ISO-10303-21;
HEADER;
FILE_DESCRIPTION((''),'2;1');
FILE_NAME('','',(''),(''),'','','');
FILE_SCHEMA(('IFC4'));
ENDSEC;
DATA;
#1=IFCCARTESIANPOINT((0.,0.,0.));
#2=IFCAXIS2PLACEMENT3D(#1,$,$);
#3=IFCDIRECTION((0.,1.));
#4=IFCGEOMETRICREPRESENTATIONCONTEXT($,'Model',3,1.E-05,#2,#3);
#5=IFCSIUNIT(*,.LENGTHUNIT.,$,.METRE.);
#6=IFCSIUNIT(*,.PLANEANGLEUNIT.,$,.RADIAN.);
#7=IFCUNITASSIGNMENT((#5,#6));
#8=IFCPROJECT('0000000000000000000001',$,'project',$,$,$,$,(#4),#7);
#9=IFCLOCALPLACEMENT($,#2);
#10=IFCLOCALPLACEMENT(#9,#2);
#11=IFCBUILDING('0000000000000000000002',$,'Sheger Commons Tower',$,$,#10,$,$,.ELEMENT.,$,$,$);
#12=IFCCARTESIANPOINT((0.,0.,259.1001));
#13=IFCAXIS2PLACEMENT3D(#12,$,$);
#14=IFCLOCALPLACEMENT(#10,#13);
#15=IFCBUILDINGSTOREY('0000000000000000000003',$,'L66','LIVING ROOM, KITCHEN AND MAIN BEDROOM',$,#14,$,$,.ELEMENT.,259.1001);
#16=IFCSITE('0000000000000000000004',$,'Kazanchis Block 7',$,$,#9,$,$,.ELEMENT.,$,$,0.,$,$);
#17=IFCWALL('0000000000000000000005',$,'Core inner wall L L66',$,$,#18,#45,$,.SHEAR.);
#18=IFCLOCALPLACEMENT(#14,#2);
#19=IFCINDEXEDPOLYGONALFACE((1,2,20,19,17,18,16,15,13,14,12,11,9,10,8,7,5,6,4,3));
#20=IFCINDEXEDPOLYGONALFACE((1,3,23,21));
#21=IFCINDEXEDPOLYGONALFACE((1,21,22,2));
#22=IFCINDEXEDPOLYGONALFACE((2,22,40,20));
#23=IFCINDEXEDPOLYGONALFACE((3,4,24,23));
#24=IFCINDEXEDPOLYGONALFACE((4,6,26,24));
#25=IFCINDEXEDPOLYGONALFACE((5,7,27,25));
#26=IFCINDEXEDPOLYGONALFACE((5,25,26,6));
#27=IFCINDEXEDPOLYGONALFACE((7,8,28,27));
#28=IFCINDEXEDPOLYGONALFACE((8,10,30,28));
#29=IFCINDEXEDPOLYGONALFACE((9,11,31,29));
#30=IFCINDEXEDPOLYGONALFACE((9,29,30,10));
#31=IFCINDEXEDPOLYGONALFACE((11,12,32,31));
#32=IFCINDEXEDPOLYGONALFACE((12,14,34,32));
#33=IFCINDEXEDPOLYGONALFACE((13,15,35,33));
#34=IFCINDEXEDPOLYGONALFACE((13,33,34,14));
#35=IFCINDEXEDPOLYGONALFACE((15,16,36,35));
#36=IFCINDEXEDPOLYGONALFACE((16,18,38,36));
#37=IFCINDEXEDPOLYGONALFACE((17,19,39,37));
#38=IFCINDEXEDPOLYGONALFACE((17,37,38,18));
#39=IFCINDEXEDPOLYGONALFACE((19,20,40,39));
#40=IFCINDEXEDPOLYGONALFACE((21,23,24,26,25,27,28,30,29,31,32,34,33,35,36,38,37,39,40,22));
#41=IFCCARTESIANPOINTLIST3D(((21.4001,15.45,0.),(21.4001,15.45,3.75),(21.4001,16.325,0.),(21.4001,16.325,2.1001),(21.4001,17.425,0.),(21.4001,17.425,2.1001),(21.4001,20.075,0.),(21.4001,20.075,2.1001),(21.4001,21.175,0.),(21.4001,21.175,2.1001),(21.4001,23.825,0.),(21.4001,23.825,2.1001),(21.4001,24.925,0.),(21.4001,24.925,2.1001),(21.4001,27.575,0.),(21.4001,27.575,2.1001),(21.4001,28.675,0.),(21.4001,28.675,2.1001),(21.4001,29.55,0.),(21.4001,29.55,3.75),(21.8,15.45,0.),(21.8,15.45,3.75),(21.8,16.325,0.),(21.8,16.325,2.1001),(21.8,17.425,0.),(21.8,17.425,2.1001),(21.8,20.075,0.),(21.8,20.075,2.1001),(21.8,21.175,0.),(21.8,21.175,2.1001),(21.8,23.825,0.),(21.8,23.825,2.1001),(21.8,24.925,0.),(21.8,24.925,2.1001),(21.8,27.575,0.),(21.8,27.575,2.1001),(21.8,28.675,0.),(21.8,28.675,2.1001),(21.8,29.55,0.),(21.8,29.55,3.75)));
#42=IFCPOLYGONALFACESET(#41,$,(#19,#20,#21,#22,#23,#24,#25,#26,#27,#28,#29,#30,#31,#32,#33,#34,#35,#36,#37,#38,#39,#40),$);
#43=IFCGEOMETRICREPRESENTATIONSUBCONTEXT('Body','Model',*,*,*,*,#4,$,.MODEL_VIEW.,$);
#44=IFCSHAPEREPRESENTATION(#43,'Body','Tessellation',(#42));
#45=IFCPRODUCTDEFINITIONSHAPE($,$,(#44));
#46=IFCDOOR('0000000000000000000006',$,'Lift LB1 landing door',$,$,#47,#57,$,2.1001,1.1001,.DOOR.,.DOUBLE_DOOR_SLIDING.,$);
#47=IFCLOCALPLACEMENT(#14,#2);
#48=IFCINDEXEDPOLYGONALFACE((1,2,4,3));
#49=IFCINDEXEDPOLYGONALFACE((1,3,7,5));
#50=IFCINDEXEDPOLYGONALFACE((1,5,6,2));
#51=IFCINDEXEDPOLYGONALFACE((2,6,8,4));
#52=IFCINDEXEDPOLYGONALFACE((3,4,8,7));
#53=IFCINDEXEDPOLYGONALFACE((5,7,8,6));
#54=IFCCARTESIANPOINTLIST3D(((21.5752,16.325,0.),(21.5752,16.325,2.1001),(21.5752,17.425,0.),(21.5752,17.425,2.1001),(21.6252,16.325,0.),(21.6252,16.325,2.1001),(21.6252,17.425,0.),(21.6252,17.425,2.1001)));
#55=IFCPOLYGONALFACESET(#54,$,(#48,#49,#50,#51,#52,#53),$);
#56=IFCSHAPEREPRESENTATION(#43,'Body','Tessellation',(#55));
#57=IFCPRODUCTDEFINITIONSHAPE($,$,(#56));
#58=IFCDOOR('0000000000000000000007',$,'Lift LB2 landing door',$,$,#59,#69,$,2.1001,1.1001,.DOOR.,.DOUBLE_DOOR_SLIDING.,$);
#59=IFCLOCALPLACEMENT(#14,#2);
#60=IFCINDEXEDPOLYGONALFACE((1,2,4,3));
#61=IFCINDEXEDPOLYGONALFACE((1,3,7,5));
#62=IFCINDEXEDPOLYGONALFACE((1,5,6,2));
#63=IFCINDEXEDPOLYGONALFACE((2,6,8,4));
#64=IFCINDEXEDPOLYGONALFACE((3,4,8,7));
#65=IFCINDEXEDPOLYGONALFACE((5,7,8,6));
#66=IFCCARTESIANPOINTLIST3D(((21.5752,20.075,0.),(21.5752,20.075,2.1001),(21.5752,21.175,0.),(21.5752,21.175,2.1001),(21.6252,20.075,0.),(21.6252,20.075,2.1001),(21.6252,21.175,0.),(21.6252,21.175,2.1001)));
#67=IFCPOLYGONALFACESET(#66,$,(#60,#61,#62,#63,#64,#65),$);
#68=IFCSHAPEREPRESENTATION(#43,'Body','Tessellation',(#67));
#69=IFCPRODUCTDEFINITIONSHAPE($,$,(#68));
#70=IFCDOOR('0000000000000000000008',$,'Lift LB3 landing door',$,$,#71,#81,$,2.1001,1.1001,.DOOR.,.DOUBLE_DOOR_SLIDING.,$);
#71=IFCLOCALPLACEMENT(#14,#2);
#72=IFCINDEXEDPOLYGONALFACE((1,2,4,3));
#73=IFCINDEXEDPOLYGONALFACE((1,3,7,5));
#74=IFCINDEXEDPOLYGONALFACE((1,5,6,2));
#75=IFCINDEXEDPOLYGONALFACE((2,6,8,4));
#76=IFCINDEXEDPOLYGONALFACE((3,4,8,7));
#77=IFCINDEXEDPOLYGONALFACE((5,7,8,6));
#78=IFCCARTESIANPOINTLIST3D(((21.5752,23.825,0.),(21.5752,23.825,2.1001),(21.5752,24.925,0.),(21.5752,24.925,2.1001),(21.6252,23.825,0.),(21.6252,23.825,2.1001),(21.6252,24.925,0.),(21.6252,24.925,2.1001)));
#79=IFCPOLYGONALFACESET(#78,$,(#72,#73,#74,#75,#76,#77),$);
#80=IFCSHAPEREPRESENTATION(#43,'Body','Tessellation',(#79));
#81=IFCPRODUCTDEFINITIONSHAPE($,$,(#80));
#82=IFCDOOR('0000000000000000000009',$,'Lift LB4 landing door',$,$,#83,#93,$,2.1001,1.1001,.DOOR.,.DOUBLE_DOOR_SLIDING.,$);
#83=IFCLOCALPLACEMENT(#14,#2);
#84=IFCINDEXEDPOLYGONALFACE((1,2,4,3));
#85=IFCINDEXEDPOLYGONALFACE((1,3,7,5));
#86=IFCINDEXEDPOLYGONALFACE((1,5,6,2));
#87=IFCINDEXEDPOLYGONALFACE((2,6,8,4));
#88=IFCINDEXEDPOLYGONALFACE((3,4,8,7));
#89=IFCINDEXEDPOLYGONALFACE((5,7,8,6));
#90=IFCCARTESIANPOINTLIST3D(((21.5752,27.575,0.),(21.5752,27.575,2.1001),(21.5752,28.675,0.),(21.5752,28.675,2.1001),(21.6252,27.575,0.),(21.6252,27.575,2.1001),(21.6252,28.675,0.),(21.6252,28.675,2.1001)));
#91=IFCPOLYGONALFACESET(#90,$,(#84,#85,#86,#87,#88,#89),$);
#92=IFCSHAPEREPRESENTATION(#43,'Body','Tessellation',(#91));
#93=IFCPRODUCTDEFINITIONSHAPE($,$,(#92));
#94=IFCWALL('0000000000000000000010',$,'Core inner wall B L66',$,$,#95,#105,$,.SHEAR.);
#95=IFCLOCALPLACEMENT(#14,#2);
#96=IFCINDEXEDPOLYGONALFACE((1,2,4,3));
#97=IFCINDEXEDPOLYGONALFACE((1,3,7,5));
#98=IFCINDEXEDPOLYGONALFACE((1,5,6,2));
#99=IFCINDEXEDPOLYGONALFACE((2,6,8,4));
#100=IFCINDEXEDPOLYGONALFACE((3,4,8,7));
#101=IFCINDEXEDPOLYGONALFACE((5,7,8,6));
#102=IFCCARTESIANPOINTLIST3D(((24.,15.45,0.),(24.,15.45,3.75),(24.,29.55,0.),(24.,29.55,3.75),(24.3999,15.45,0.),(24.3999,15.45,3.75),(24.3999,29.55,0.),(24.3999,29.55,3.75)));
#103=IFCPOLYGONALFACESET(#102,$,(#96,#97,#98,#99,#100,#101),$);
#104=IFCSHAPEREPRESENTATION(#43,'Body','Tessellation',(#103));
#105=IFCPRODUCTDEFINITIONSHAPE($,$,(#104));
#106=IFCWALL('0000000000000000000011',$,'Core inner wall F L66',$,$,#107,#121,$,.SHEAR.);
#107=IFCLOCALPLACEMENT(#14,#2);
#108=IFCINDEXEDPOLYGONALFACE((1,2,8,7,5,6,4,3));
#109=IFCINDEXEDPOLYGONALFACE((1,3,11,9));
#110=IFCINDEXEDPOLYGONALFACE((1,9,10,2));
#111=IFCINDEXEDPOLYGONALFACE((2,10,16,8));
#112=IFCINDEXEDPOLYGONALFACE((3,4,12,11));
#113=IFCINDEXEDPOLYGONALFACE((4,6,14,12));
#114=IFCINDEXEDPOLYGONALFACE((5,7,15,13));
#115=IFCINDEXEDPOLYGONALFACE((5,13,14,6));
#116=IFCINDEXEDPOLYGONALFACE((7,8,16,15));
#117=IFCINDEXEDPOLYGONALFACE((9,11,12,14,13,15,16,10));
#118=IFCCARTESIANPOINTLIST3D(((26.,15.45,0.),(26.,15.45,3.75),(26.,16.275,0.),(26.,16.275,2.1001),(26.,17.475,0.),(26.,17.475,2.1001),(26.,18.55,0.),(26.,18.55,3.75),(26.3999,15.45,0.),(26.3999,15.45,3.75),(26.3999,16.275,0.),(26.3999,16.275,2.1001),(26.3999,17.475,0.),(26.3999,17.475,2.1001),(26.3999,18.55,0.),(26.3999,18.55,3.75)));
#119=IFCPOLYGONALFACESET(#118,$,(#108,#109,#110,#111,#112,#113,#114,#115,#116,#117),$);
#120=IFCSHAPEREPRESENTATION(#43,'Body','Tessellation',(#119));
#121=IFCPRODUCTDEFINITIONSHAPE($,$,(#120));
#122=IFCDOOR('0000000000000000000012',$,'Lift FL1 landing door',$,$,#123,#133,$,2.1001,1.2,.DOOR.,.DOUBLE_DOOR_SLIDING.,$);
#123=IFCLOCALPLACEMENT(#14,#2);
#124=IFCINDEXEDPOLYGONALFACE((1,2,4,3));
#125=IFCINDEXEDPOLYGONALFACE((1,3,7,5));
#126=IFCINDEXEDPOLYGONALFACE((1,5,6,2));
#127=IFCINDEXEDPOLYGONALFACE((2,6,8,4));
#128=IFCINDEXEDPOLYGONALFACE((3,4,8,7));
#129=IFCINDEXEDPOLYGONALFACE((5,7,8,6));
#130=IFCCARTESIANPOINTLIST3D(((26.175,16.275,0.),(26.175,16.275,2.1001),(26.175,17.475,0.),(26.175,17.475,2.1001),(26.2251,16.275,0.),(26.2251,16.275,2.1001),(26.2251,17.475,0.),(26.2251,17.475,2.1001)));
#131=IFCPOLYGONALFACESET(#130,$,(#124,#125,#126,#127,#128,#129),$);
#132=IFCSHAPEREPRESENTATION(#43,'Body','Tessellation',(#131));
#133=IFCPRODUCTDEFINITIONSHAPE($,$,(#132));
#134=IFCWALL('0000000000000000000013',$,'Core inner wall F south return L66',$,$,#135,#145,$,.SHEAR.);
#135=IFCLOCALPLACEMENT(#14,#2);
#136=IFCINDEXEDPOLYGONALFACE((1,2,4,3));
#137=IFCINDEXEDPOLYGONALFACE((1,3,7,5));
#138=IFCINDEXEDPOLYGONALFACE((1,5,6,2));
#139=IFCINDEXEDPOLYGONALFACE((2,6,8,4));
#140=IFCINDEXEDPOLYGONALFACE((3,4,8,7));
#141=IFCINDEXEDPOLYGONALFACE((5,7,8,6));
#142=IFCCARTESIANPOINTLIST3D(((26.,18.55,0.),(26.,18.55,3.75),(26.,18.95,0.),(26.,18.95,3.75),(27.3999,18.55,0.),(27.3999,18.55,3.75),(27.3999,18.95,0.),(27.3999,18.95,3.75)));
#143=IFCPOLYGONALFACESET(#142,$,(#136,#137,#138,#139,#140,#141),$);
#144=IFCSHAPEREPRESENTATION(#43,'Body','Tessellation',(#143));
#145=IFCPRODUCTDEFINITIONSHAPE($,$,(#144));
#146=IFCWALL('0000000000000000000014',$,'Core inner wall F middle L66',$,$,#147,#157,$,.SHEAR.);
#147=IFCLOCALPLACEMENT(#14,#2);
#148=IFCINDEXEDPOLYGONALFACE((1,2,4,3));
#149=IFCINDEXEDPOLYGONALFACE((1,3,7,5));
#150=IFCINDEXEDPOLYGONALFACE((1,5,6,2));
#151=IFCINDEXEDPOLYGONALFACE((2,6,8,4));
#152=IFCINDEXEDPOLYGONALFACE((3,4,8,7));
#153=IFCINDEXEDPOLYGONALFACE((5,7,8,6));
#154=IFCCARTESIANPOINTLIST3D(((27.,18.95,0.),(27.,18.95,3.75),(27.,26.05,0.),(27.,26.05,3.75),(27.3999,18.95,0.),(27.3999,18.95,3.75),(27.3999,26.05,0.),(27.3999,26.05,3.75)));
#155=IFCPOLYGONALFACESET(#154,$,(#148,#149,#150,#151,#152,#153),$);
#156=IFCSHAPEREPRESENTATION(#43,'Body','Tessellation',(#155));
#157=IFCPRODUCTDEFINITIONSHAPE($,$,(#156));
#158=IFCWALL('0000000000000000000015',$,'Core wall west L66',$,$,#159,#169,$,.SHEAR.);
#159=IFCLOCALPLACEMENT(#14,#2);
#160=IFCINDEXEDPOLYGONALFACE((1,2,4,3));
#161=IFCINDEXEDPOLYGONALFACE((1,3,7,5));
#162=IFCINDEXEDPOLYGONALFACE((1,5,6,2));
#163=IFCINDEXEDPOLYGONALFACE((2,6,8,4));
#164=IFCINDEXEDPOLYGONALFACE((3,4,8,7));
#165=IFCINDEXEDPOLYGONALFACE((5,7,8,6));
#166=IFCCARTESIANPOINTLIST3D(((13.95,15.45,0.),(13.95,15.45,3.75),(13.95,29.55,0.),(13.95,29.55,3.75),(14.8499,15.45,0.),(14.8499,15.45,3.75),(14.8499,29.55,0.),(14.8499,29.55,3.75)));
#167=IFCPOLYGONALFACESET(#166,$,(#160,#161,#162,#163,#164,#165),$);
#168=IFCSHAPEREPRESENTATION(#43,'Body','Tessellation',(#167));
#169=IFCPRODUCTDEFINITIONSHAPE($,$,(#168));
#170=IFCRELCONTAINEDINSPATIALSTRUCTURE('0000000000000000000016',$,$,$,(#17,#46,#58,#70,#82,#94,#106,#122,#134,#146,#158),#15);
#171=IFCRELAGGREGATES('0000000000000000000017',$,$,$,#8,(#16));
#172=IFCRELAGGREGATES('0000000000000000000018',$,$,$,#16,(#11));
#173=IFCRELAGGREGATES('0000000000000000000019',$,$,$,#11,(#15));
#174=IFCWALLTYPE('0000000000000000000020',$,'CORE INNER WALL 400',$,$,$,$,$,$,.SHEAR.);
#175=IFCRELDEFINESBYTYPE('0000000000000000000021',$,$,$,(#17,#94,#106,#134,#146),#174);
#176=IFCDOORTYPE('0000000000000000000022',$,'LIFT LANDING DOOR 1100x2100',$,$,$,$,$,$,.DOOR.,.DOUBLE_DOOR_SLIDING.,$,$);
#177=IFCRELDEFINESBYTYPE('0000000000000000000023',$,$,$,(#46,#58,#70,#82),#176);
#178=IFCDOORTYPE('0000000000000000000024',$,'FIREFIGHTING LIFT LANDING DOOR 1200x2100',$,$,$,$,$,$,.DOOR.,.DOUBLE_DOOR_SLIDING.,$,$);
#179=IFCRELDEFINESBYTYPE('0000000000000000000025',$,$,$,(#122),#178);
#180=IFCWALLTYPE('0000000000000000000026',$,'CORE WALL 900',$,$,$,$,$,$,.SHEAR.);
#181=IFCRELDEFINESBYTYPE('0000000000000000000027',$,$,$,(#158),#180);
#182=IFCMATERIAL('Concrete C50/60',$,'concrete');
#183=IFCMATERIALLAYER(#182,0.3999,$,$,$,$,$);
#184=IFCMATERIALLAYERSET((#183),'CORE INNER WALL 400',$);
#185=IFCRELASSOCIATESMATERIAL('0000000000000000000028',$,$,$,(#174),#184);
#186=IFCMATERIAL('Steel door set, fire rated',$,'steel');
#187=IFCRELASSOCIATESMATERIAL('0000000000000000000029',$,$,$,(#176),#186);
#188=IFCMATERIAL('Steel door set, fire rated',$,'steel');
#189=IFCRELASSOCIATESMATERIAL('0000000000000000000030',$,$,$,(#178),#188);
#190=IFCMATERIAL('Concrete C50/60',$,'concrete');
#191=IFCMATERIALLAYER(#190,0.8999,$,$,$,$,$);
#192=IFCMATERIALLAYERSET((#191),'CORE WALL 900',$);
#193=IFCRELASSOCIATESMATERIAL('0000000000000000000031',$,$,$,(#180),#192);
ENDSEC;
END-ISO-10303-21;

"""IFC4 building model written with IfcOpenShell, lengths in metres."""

from ifc_helpers import new_model, si_unit, direction, frame, frame_2d, origin, place, context, subcontext, project, spatial, rectangle, extrude, material, layer, layer_set, type_object, element, fill, save


model = new_model("IFC4")

# Units and contexts
model_context = context("Model", 3, precision=1e-05, world=origin(), true_north=direction((0.0, 1.0)))
body_context = subcontext(model_context, "Body", "Model", "MODEL_VIEW")
ifc_project = project(units=[si_unit("LENGTHUNIT", "METRE"), si_unit("PLANEANGLEUNIT", "RADIAN")], contexts=[model_context])

# Site, building, storey
site_placement = place(None, origin())
site = spatial("IfcSite", under=ifc_project, at=site_placement, Name="Kazanchis Block 7", CompositionType="ELEMENT", RefElevation=0.0)
building_placement = place(site_placement, origin())
building = spatial("IfcBuilding", under=site, at=building_placement, Name="Sheger Commons Tower", CompositionType="ELEMENT")
storey_placement = place(building_placement, frame((0.0, 0.0, 259.1001)))
storey = spatial("IfcBuildingStorey", under=building, at=storey_placement, Name="L66", Description="LIVING ROOM, KITCHEN AND MAIN BEDROOM", CompositionType="ELEMENT", Elevation=259.1001)

# Wall, openings, doors
ifc_material_1 = material(Name="Concrete C50/60", Category="concrete")
ifc_layer_1 = layer(ifc_material_1, 0.3999)
ifc_layer_set_1 = layer_set([ifc_layer_1], Name="CORE INNER WALL 400")
wall_type_1 = type_object("IfcWallType", Name="CORE INNER WALL 400", PredefinedType="SHEAR", material=ifc_layer_set_1)
wall_1_placement = place(storey_placement, frame((21.6001, 15.45, 0.0), z_axis=(0.0, 0.0, 1.0), x_axis=(0.0, 1.0, 0.0)))
wall_1 = element("IfcWall", 1, at=wall_1_placement, inside=storey, type_object=wall_type_1, Name="Core inner wall L L66", PredefinedType="SHEAR", context=body_context, shape_type="SweptSolid", body=[
    extrude(rectangle(XDim=14.1001, YDim=0.3999, at=frame_2d((7.05, 0.0))), origin(), (0.0, 0.0, 1.0), 3.75),
])
opening_1_placement = place(wall_1_placement, frame((0.875, 0.0, 0.0)))
opening_1 = element("IfcOpeningElement", 2, at=opening_1_placement, cuts=wall_1, PredefinedType="OPENING", context=body_context, shape_type="SweptSolid", body=[
    extrude(rectangle(XDim=1.1001, YDim=2.1001, at=frame_2d((0.55, 1.05))), frame((0.0, 0.21, 0.0), z_axis=(0.0, -1.0, 0.0), x_axis=(1.0, 0.0, 0.0)), (0.0, 0.0, 1.0), 0.4199),
])
opening_2_placement = place(wall_1_placement, frame((4.625, 0.0, 0.0)))
opening_2 = element("IfcOpeningElement", 3, at=opening_2_placement, cuts=wall_1, PredefinedType="OPENING", context=body_context, shape_type="SweptSolid", body=[
    extrude(rectangle(XDim=1.1001, YDim=2.1001, at=frame_2d((0.55, 1.05))), frame((0.0, 0.21, 0.0), z_axis=(0.0, -1.0, 0.0), x_axis=(1.0, 0.0, 0.0)), (0.0, 0.0, 1.0), 0.4199),
])
opening_3_placement = place(wall_1_placement, frame((8.375, 0.0, 0.0)))
opening_3 = element("IfcOpeningElement", 4, at=opening_3_placement, cuts=wall_1, PredefinedType="OPENING", context=body_context, shape_type="SweptSolid", body=[
    extrude(rectangle(XDim=1.1001, YDim=2.1001, at=frame_2d((0.55, 1.05))), frame((0.0, 0.21, 0.0), z_axis=(0.0, -1.0, 0.0), x_axis=(1.0, 0.0, 0.0)), (0.0, 0.0, 1.0), 0.4199),
])
opening_4_placement = place(wall_1_placement, frame((12.125, 0.0, 0.0)))
opening_4 = element("IfcOpeningElement", 5, at=opening_4_placement, cuts=wall_1, PredefinedType="OPENING", context=body_context, shape_type="SweptSolid", body=[
    extrude(rectangle(XDim=1.1001, YDim=2.1001, at=frame_2d((0.55, 1.05))), frame((0.0, 0.21, 0.0), z_axis=(0.0, -1.0, 0.0), x_axis=(1.0, 0.0, 0.0)), (0.0, 0.0, 1.0), 0.4199),
])
ifc_material_2 = material(Name="Steel door set, fire rated", Category="steel")
door_type_1 = type_object("IfcDoorType", Name="LIFT LANDING DOOR 1100x2100", OperationType="DOUBLE_DOOR_SLIDING", PredefinedType="DOOR", material=ifc_material_2)
door_1_placement = place(opening_1_placement, origin())
door_1 = element("IfcDoor", 6, at=door_1_placement, inside=storey, type_object=door_type_1, Name="Lift LB1 landing door", OperationType="DOUBLE_DOOR_SLIDING", OverallHeight=2.1001, OverallWidth=1.1001, PredefinedType="DOOR", context=body_context, shape_type="SweptSolid", body=[
    extrude(rectangle(XDim=1.1001, YDim=2.1001, at=frame_2d((0.55, 1.05))), frame((0.0, 0.0249, 0.0), z_axis=(0.0, -1.0, 0.0), x_axis=(1.0, 0.0, 0.0)), (0.0, 0.0, 1.0), 0.05),
])
fill(opening_1, door_1)
door_2_placement = place(opening_2_placement, origin())
door_2 = element("IfcDoor", 7, at=door_2_placement, inside=storey, type_object=door_type_1, Name="Lift LB2 landing door", OperationType="DOUBLE_DOOR_SLIDING", OverallHeight=2.1001, OverallWidth=1.1001, PredefinedType="DOOR", context=body_context, shape_type="SweptSolid", body=[
    extrude(rectangle(XDim=1.1001, YDim=2.1001, at=frame_2d((0.55, 1.05))), frame((0.0, 0.0249, 0.0), z_axis=(0.0, -1.0, 0.0), x_axis=(1.0, 0.0, 0.0)), (0.0, 0.0, 1.0), 0.05),
])
fill(opening_2, door_2)
door_3_placement = place(opening_3_placement, origin())
door_3 = element("IfcDoor", 8, at=door_3_placement, inside=storey, type_object=door_type_1, Name="Lift LB3 landing door", OperationType="DOUBLE_DOOR_SLIDING", OverallHeight=2.1001, OverallWidth=1.1001, PredefinedType="DOOR", context=body_context, shape_type="SweptSolid", body=[
    extrude(rectangle(XDim=1.1001, YDim=2.1001, at=frame_2d((0.55, 1.05))), frame((0.0, 0.0249, 0.0), z_axis=(0.0, -1.0, 0.0), x_axis=(1.0, 0.0, 0.0)), (0.0, 0.0, 1.0), 0.05),
])
fill(opening_3, door_3)
door_4_placement = place(opening_4_placement, origin())
door_4 = element("IfcDoor", 9, at=door_4_placement, inside=storey, type_object=door_type_1, Name="Lift LB4 landing door", OperationType="DOUBLE_DOOR_SLIDING", OverallHeight=2.1001, OverallWidth=1.1001, PredefinedType="DOOR", context=body_context, shape_type="SweptSolid", body=[
    extrude(rectangle(XDim=1.1001, YDim=2.1001, at=frame_2d((0.55, 1.05))), frame((0.0, 0.0249, 0.0), z_axis=(0.0, -1.0, 0.0), x_axis=(1.0, 0.0, 0.0)), (0.0, 0.0, 1.0), 0.05),
])
fill(opening_4, door_4)

# Wall
wall_2_placement = place(storey_placement, frame((24.2, 15.45, 0.0), z_axis=(0.0, 0.0, 1.0), x_axis=(0.0, 1.0, 0.0)))
element("IfcWall", 10, at=wall_2_placement, inside=storey, type_object=wall_type_1, Name="Core inner wall B L66", PredefinedType="SHEAR", context=body_context, shape_type="SweptSolid", body=[
    extrude(rectangle(XDim=14.1001, YDim=0.3999, at=frame_2d((7.05, 0.0))), origin(), (0.0, 0.0, 1.0), 3.75),
])

# Wall, opening, door
wall_3_placement = place(storey_placement, frame((26.2, 15.45, 0.0), z_axis=(0.0, 0.0, 1.0), x_axis=(0.0, 1.0, 0.0)))
wall_3 = element("IfcWall", 11, at=wall_3_placement, inside=storey, type_object=wall_type_1, Name="Core inner wall F L66", PredefinedType="SHEAR", context=body_context, shape_type="SweptSolid", body=[
    extrude(rectangle(XDim=3.1001, YDim=0.3999, at=frame_2d((1.55, 0.0))), origin(), (0.0, 0.0, 1.0), 3.75),
])
opening_5_placement = place(wall_3_placement, frame((0.825, 0.0, 0.0)))
opening_5 = element("IfcOpeningElement", 12, at=opening_5_placement, cuts=wall_3, PredefinedType="OPENING", context=body_context, shape_type="SweptSolid", body=[
    extrude(rectangle(XDim=1.2, YDim=2.1001, at=frame_2d((0.6001, 1.05))), frame((0.0, 0.21, 0.0), z_axis=(0.0, -1.0, 0.0), x_axis=(1.0, 0.0, 0.0)), (0.0, 0.0, 1.0), 0.4199),
])
ifc_material_3 = material(Name="Steel door set, fire rated", Category="steel")
door_type_2 = type_object("IfcDoorType", Name="FIREFIGHTING LIFT LANDING DOOR 1200x2100", OperationType="DOUBLE_DOOR_SLIDING", PredefinedType="DOOR", material=ifc_material_3)
door_5_placement = place(opening_5_placement, origin())
door_5 = element("IfcDoor", 13, at=door_5_placement, inside=storey, type_object=door_type_2, Name="Lift FL1 landing door", OperationType="DOUBLE_DOOR_SLIDING", OverallHeight=2.1001, OverallWidth=1.2, PredefinedType="DOOR", context=body_context, shape_type="SweptSolid", body=[
    extrude(rectangle(XDim=1.2, YDim=2.1001, at=frame_2d((0.6001, 1.05))), frame((0.0, 0.0249, 0.0), z_axis=(0.0, -1.0, 0.0), x_axis=(1.0, 0.0, 0.0)), (0.0, 0.0, 1.0), 0.05),
])
fill(opening_5, door_5)

# Walls
wall_4_placement = place(storey_placement, frame((26.0, 18.75, 0.0), z_axis=(0.0, 0.0, 1.0), x_axis=(1.0, 0.0, 0.0)))
element("IfcWall", 14, at=wall_4_placement, inside=storey, type_object=wall_type_1, Name="Core inner wall F south return L66", PredefinedType="SHEAR", context=body_context, shape_type="SweptSolid", body=[
    extrude(rectangle(XDim=1.3999, YDim=0.3999, at=frame_2d((0.7, 0.0))), origin(), (0.0, 0.0, 1.0), 3.75),
])
wall_5_placement = place(storey_placement, frame((27.2, 18.95, 0.0), z_axis=(0.0, 0.0, 1.0), x_axis=(0.0, 1.0, 0.0)))
element("IfcWall", 15, at=wall_5_placement, inside=storey, type_object=wall_type_1, Name="Core inner wall F middle L66", PredefinedType="SHEAR", context=body_context, shape_type="SweptSolid", body=[
    extrude(rectangle(XDim=7.1001, YDim=0.3999, at=frame_2d((3.55, 0.0))), origin(), (0.0, 0.0, 1.0), 3.75),
])
ifc_material_4 = material(Name="Concrete C50/60", Category="concrete")
ifc_layer_2 = layer(ifc_material_4, 0.8999)
ifc_layer_set_2 = layer_set([ifc_layer_2], Name="CORE WALL 900")
wall_type_2 = type_object("IfcWallType", Name="CORE WALL 900", PredefinedType="SHEAR", material=ifc_layer_set_2)
for number, where, z_axis, x_axis, name in (
    (16, (14.3999, 15.45, 0.0), (0.0, 0.0, 1.0), (0.0, 1.0, 0.0), "Core wall west L66"),
):
    element("IfcWall", number, at=place(storey_placement, frame(where, z_axis=z_axis, x_axis=x_axis)), inside=storey, type_object=wall_type_2, Name=name, PredefinedType="SHEAR", context=body_context, shape_type="SweptSolid", body=[
        extrude(rectangle(XDim=14.1001, YDim=0.8999, at=frame_2d((7.05, 0.0))), origin(), (0.0, 0.0, 1.0), 3.75),
    ])

save(model, "model.ifc")
